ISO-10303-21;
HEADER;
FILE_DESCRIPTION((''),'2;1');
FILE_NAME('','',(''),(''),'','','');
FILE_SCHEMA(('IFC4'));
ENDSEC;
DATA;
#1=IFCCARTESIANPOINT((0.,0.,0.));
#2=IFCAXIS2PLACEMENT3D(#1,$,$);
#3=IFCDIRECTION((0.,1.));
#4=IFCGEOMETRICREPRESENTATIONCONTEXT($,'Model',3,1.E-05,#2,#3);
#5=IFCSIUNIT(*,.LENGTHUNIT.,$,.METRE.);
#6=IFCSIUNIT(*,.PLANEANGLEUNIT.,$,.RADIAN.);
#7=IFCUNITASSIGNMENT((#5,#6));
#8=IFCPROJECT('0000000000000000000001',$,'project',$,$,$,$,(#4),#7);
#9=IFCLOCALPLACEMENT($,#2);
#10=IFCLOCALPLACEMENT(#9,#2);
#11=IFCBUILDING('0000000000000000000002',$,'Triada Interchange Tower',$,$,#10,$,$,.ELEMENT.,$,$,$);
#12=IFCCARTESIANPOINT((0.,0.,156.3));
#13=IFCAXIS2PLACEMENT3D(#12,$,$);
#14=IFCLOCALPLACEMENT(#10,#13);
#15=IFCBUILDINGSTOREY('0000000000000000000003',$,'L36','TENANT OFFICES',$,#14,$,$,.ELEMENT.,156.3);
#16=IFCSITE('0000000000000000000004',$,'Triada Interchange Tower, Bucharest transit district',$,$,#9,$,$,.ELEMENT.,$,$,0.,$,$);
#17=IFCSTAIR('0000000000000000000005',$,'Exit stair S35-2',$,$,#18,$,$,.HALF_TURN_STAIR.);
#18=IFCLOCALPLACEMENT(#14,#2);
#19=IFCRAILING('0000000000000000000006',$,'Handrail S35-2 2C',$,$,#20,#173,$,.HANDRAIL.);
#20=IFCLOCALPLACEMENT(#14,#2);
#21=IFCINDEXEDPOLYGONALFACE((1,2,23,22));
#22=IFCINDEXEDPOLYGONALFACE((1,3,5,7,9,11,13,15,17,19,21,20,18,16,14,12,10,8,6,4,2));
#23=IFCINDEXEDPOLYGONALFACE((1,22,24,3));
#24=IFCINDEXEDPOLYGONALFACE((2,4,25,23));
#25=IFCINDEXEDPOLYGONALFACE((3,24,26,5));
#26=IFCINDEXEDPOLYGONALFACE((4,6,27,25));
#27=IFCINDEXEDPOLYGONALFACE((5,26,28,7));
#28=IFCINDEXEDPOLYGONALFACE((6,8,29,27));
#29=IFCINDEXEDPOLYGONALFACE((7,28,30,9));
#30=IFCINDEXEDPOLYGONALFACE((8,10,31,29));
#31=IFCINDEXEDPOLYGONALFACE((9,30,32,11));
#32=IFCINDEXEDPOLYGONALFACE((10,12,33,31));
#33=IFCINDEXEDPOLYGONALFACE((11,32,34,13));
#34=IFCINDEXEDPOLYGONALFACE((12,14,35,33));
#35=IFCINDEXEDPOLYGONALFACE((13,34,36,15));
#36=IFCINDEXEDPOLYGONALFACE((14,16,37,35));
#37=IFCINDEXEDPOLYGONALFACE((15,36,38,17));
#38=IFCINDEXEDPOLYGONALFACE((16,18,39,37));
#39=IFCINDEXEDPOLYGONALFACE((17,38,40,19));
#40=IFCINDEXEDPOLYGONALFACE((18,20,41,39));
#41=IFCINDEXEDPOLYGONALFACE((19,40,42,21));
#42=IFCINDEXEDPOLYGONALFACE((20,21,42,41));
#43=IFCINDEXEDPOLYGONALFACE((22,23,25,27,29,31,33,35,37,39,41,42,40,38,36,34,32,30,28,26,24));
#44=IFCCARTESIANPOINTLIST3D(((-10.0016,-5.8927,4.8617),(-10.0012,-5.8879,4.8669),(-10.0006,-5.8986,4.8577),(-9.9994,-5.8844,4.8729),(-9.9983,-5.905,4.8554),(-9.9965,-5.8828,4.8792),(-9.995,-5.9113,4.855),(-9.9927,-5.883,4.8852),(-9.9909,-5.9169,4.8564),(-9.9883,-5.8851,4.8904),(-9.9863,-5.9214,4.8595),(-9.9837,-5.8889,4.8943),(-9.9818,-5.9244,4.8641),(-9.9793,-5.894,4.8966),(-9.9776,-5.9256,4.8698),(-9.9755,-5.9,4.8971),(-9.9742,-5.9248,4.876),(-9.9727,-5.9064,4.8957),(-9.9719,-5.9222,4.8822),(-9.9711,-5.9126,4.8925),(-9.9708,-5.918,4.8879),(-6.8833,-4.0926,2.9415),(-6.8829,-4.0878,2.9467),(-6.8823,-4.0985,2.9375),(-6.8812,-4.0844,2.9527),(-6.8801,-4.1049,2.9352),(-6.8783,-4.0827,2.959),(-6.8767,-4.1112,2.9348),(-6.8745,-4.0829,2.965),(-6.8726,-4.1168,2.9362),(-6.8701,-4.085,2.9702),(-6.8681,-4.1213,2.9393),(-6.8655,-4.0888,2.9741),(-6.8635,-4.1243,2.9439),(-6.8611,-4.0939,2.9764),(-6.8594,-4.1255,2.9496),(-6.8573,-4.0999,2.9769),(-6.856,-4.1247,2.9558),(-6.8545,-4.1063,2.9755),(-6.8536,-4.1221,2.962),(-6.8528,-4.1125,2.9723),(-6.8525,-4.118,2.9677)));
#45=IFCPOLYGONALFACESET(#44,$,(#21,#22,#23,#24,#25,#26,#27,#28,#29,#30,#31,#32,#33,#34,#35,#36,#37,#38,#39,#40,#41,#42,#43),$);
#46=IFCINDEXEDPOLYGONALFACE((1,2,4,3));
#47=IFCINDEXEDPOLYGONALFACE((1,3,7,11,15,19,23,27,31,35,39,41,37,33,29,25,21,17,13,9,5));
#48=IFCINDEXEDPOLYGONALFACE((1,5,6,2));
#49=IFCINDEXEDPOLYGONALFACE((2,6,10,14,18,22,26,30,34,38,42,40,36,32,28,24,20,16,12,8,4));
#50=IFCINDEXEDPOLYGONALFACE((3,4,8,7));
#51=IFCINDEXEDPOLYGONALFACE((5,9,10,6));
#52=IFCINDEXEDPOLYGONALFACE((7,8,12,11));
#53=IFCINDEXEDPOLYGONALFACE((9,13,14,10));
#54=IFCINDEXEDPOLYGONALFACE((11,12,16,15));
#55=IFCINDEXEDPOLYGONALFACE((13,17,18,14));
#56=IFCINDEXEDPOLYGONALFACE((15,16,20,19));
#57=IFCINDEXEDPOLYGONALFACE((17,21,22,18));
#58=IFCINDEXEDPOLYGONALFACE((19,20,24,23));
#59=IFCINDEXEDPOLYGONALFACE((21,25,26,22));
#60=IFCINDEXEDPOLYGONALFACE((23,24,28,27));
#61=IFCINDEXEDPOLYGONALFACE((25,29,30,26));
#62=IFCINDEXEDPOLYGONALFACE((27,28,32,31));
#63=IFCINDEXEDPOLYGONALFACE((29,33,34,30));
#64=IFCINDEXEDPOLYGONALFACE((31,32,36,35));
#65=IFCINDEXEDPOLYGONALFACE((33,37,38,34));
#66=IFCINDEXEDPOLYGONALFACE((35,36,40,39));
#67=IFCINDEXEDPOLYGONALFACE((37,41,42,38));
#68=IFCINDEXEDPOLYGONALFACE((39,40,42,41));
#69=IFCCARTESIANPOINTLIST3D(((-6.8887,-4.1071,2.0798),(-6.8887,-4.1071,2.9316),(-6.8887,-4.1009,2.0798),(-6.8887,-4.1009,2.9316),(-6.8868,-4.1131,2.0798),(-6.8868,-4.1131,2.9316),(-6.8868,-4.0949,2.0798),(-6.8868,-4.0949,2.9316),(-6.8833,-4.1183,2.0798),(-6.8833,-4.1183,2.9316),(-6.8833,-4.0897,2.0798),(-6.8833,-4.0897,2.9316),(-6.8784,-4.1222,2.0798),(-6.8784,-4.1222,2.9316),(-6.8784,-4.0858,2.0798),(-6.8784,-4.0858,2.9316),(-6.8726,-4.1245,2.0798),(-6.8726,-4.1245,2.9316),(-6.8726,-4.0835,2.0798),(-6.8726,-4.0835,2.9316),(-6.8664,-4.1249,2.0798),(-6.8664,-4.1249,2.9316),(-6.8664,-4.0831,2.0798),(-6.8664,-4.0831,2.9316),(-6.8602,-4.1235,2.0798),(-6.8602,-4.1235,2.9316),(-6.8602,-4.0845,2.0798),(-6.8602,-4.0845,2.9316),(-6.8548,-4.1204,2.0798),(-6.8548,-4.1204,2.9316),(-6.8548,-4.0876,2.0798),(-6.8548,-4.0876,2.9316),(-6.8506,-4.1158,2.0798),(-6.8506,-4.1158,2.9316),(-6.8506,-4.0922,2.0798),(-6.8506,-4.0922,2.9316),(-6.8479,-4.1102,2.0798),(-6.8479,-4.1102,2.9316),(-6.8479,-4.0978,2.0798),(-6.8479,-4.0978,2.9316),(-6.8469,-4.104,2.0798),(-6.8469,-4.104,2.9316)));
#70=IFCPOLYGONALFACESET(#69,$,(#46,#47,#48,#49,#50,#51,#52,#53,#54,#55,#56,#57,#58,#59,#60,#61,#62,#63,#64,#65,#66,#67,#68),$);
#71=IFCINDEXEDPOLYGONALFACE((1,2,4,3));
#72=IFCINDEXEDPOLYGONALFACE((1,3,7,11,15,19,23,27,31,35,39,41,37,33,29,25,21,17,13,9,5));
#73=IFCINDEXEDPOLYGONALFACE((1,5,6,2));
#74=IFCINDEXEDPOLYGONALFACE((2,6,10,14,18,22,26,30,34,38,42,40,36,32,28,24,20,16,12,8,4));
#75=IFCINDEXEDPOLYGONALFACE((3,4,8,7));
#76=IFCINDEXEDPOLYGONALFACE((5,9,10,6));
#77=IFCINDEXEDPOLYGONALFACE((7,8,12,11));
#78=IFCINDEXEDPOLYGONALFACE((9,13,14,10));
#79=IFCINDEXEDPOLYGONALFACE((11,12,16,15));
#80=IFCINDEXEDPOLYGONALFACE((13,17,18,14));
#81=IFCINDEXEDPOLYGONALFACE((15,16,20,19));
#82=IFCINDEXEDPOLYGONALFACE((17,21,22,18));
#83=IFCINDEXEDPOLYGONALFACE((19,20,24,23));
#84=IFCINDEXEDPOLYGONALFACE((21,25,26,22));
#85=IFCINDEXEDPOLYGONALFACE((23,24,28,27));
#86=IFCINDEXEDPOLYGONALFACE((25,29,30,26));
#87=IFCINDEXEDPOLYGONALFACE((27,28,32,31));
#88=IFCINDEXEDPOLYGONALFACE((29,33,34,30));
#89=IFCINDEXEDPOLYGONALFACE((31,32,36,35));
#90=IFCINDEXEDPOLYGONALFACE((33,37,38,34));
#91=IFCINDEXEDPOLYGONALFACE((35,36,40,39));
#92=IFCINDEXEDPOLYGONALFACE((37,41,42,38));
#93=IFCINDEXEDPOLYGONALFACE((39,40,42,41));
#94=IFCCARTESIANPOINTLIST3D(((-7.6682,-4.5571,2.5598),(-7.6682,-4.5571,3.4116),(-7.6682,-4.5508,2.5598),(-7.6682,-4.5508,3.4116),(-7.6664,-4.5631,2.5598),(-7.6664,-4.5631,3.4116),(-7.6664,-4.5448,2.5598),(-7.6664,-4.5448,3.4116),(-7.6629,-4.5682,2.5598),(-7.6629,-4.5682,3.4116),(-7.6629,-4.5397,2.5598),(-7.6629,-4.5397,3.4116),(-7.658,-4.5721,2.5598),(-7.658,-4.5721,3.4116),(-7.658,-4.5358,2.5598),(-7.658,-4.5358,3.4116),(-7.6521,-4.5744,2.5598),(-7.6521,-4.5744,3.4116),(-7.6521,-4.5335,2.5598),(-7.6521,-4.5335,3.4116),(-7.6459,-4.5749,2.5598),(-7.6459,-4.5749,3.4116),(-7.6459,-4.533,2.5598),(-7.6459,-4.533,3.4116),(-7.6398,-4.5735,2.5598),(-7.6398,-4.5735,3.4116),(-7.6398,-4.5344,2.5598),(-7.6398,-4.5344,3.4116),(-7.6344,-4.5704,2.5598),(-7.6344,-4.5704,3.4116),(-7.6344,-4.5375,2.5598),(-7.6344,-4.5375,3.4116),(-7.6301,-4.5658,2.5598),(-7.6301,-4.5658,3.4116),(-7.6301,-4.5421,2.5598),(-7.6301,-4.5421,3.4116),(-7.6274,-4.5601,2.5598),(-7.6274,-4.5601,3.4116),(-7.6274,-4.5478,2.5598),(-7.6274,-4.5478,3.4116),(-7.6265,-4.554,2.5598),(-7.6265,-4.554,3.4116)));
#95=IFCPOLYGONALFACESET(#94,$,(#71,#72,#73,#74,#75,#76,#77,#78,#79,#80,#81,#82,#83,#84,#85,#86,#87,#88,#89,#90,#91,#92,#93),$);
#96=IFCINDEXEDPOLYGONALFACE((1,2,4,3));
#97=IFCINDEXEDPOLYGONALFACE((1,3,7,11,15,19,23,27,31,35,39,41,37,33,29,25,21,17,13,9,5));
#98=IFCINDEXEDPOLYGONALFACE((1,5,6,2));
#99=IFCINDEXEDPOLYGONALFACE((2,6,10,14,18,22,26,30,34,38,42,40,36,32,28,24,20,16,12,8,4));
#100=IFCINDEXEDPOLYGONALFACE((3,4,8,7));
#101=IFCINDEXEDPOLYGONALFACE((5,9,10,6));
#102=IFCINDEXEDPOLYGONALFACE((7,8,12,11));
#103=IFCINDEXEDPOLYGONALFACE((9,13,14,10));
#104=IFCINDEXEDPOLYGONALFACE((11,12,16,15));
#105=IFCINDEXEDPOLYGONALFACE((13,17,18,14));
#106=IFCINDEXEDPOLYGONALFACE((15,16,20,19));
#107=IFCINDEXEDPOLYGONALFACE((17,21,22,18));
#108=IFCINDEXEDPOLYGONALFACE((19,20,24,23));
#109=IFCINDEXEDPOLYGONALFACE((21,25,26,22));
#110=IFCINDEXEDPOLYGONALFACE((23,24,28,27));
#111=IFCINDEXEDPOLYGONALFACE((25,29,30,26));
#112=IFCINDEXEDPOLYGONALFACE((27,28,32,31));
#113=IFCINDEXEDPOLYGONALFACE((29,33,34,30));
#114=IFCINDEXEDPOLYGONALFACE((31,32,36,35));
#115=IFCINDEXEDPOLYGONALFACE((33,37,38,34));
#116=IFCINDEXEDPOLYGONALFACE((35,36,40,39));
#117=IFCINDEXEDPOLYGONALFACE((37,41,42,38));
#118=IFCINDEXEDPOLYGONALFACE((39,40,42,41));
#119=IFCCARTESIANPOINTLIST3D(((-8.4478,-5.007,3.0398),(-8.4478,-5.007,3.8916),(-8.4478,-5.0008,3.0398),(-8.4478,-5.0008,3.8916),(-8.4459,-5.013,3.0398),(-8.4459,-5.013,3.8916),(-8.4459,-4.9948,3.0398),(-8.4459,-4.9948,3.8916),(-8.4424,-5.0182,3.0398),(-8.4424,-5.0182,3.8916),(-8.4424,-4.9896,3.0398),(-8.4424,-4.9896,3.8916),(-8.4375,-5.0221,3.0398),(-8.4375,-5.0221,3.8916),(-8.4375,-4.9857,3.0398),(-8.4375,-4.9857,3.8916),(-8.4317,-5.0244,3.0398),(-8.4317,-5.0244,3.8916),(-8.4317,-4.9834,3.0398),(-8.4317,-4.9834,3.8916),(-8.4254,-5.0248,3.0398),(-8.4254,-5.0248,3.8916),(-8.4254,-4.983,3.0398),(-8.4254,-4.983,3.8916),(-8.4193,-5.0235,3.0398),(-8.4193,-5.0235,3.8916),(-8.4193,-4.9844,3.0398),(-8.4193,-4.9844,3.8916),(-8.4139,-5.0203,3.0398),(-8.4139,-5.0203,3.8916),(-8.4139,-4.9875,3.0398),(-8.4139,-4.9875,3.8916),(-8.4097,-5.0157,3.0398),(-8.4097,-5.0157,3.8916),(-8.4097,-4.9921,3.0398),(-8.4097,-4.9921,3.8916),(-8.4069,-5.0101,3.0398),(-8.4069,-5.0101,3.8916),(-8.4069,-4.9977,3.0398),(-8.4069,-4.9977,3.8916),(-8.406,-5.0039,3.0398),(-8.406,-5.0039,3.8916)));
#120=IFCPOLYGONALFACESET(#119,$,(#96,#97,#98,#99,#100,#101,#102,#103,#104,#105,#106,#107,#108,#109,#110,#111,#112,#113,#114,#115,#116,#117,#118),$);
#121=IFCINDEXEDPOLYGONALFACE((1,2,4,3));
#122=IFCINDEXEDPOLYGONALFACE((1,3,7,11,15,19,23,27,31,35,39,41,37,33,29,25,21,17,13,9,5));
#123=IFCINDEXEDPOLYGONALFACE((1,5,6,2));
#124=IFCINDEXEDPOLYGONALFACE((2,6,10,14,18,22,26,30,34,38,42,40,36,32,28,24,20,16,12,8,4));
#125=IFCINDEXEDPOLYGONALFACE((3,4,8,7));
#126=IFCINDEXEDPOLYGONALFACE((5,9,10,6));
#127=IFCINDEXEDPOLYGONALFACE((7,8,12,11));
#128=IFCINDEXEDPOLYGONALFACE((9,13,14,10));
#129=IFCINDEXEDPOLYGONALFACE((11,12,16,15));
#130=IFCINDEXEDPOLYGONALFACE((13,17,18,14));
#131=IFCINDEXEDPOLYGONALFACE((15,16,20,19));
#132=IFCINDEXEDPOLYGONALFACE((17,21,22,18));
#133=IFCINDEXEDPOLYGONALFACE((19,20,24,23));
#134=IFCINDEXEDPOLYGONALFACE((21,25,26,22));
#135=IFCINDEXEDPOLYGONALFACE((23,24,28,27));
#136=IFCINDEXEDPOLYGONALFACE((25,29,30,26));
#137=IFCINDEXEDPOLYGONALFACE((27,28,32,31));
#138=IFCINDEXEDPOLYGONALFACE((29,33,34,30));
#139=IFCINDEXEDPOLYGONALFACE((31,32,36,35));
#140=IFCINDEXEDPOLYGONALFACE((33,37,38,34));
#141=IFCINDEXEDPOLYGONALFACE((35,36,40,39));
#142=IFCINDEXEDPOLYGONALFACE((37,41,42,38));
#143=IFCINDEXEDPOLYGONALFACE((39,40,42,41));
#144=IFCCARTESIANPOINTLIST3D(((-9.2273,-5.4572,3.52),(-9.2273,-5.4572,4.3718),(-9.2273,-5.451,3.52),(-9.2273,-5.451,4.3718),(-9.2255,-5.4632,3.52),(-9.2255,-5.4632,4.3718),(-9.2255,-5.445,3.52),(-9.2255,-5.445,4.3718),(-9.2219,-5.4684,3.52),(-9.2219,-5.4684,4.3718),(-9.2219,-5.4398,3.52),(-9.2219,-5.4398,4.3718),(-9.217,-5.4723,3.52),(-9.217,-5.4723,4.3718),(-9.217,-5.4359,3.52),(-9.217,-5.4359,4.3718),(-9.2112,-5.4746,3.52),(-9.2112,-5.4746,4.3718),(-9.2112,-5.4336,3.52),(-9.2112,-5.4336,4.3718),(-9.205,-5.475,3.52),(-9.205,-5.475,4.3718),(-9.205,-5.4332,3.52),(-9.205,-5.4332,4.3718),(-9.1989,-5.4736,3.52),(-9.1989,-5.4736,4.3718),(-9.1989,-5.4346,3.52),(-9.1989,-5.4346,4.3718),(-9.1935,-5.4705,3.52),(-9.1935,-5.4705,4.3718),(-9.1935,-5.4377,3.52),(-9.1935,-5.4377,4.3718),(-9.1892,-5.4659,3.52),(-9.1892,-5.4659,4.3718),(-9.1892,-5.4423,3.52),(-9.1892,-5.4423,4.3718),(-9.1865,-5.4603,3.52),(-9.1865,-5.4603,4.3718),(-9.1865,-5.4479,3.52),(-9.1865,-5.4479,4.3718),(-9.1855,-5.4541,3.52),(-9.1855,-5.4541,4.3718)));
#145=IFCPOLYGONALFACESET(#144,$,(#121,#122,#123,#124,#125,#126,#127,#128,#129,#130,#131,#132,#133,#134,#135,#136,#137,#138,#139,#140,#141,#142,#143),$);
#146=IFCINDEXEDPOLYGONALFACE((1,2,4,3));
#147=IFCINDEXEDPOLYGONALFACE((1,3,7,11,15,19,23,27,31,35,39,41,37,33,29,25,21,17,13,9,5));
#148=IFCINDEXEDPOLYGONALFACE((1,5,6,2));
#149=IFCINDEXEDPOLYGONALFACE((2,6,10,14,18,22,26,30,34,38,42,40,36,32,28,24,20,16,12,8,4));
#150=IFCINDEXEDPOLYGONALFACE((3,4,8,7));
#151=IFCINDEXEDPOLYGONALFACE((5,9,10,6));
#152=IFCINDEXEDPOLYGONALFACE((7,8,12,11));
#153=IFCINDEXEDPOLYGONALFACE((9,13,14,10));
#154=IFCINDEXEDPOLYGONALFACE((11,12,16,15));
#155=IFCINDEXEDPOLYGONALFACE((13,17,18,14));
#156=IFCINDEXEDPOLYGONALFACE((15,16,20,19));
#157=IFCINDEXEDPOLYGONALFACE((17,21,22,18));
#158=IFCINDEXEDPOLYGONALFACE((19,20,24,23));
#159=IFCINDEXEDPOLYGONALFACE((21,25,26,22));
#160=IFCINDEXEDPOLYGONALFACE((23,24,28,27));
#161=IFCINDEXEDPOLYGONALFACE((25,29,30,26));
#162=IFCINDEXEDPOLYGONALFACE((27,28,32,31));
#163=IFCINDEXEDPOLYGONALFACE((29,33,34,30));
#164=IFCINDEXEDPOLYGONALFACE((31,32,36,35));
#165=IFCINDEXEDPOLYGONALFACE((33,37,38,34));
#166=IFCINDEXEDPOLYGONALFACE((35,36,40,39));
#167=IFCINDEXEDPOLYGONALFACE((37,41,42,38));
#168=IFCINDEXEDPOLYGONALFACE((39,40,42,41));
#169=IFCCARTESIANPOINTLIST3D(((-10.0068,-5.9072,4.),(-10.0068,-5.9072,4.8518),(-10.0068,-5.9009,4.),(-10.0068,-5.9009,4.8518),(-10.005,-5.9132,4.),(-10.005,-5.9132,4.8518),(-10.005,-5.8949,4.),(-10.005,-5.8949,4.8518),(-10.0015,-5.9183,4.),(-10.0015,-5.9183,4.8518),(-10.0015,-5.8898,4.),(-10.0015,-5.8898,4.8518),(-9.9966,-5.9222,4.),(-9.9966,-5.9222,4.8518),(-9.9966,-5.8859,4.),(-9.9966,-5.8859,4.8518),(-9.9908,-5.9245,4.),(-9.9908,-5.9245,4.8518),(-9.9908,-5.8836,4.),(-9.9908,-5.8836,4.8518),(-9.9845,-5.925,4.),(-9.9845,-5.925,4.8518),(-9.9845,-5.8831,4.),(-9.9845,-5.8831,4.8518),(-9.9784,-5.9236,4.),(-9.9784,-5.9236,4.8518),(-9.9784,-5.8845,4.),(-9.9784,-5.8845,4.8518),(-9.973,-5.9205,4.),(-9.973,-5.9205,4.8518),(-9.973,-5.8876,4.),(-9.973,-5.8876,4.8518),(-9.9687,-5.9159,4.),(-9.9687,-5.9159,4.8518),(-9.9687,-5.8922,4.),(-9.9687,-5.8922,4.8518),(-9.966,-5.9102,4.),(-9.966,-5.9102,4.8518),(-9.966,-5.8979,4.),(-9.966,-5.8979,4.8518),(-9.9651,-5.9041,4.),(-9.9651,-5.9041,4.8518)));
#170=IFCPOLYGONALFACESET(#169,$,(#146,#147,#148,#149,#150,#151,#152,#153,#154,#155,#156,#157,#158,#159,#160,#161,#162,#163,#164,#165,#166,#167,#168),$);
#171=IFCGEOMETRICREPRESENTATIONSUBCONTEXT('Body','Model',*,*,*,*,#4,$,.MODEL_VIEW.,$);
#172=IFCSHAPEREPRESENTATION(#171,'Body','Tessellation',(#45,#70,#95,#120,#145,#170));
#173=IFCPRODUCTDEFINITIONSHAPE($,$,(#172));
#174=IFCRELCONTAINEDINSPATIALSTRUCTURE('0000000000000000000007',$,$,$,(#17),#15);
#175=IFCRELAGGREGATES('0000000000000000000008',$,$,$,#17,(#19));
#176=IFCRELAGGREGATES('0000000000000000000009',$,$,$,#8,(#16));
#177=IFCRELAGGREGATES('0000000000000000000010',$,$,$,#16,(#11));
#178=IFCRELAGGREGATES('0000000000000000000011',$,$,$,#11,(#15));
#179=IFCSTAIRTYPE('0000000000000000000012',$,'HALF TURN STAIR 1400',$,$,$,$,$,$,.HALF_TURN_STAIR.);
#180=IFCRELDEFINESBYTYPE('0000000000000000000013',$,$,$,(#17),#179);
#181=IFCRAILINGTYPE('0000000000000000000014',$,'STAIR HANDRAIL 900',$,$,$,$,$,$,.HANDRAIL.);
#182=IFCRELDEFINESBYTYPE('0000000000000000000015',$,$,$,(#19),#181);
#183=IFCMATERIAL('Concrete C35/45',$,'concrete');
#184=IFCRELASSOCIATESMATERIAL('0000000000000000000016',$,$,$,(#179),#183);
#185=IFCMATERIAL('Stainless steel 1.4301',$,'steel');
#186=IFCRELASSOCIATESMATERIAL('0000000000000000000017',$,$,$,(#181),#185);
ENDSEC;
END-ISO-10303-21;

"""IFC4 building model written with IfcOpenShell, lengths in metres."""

from ifc_helpers import new_model, si_unit, direction, frame, origin, origin_2d, place, context, subcontext, project, spatial, circle, extrude, material, type_object, element, aggregate, save


model = new_model("IFC4")

# Units and contexts
model_context = context("Model", 3, precision=1e-05, world=origin(), true_north=direction((0.0, 1.0)))
body_context = subcontext(model_context, "Body", "Model", "MODEL_VIEW")
ifc_project = project(units=[si_unit("LENGTHUNIT", "METRE"), si_unit("PLANEANGLEUNIT", "RADIAN")], contexts=[model_context])

# Site, building, storey
site_placement = place(None, origin())
site = spatial("IfcSite", under=ifc_project, at=site_placement, Name="Triada Interchange Tower, Bucharest transit district", CompositionType="ELEMENT", RefElevation=0.0)
building_placement = place(site_placement, origin())
building = spatial("IfcBuilding", under=site, at=building_placement, Name="Triada Interchange Tower", CompositionType="ELEMENT")
storey_placement = place(building_placement, frame((0.0, 0.0, 156.3)))
storey = spatial("IfcBuildingStorey", under=building, at=storey_placement, Name="L36", Description="TENANT OFFICES", CompositionType="ELEMENT", Elevation=156.3)

# Stair, railing
ifc_material_1 = material(Name="Concrete C35/45", Category="concrete")
stair_type = type_object("IfcStairType", Name="HALF TURN STAIR 1400", PredefinedType="HALF_TURN_STAIR", material=ifc_material_1)
stair_placement = place(storey_placement, origin())
stair = element("IfcStair", 1, at=stair_placement, inside=storey, type_object=stair_type, Name="Exit stair S35-2", PredefinedType="HALF_TURN_STAIR")
ifc_material_2 = material(Name="Stainless steel 1.4301", Category="steel")
railing_type = type_object("IfcRailingType", Name="STAIR HANDRAIL 900", PredefinedType="HANDRAIL", material=ifc_material_2)
railing_1_placement = place(storey_placement, frame((-6.8679, -4.104, 2.0798)))
railing_1 = element("IfcRailing", 2, at=railing_1_placement, type_object=railing_type, Name="Handrail S35-2 2C", PredefinedType="HANDRAIL", context=body_context, shape_type="SweptSolid", body=[
    extrude(circle(Radius=0.0239, at=origin_2d()), frame((0.0, 0.0, 0.876), z_axis=(-0.76417, -0.441139, 0.470576), x_axis=(0.499953, -0.866052, 0.0)), (0.0, 0.0, 1.0), 4.0806),
    extrude(circle(Radius=0.021, at=origin_2d()), origin(), (0.0, 0.0, 1.0), 0.8518),
    extrude(circle(Radius=0.021, at=origin_2d()), frame((-0.7795, -0.45, 0.48)), (0.0, 0.0, 1.0), 0.8518),
    extrude(circle(Radius=0.021, at=origin_2d()), frame((-1.5591, -0.8999, 0.96)), (0.0, 0.0, 1.0), 0.8518),
    extrude(circle(Radius=0.021, at=origin_2d()), frame((-2.3386, -1.3501, 1.4402)), (0.0, 0.0, 1.0), 0.8518),
    extrude(circle(Radius=0.021, at=origin_2d()), frame((-3.1182, -1.8, 1.9202)), (0.0, 0.0, 1.0), 0.8518),
])
aggregate(stair, [railing_1])

save(model, "model.ifc")
